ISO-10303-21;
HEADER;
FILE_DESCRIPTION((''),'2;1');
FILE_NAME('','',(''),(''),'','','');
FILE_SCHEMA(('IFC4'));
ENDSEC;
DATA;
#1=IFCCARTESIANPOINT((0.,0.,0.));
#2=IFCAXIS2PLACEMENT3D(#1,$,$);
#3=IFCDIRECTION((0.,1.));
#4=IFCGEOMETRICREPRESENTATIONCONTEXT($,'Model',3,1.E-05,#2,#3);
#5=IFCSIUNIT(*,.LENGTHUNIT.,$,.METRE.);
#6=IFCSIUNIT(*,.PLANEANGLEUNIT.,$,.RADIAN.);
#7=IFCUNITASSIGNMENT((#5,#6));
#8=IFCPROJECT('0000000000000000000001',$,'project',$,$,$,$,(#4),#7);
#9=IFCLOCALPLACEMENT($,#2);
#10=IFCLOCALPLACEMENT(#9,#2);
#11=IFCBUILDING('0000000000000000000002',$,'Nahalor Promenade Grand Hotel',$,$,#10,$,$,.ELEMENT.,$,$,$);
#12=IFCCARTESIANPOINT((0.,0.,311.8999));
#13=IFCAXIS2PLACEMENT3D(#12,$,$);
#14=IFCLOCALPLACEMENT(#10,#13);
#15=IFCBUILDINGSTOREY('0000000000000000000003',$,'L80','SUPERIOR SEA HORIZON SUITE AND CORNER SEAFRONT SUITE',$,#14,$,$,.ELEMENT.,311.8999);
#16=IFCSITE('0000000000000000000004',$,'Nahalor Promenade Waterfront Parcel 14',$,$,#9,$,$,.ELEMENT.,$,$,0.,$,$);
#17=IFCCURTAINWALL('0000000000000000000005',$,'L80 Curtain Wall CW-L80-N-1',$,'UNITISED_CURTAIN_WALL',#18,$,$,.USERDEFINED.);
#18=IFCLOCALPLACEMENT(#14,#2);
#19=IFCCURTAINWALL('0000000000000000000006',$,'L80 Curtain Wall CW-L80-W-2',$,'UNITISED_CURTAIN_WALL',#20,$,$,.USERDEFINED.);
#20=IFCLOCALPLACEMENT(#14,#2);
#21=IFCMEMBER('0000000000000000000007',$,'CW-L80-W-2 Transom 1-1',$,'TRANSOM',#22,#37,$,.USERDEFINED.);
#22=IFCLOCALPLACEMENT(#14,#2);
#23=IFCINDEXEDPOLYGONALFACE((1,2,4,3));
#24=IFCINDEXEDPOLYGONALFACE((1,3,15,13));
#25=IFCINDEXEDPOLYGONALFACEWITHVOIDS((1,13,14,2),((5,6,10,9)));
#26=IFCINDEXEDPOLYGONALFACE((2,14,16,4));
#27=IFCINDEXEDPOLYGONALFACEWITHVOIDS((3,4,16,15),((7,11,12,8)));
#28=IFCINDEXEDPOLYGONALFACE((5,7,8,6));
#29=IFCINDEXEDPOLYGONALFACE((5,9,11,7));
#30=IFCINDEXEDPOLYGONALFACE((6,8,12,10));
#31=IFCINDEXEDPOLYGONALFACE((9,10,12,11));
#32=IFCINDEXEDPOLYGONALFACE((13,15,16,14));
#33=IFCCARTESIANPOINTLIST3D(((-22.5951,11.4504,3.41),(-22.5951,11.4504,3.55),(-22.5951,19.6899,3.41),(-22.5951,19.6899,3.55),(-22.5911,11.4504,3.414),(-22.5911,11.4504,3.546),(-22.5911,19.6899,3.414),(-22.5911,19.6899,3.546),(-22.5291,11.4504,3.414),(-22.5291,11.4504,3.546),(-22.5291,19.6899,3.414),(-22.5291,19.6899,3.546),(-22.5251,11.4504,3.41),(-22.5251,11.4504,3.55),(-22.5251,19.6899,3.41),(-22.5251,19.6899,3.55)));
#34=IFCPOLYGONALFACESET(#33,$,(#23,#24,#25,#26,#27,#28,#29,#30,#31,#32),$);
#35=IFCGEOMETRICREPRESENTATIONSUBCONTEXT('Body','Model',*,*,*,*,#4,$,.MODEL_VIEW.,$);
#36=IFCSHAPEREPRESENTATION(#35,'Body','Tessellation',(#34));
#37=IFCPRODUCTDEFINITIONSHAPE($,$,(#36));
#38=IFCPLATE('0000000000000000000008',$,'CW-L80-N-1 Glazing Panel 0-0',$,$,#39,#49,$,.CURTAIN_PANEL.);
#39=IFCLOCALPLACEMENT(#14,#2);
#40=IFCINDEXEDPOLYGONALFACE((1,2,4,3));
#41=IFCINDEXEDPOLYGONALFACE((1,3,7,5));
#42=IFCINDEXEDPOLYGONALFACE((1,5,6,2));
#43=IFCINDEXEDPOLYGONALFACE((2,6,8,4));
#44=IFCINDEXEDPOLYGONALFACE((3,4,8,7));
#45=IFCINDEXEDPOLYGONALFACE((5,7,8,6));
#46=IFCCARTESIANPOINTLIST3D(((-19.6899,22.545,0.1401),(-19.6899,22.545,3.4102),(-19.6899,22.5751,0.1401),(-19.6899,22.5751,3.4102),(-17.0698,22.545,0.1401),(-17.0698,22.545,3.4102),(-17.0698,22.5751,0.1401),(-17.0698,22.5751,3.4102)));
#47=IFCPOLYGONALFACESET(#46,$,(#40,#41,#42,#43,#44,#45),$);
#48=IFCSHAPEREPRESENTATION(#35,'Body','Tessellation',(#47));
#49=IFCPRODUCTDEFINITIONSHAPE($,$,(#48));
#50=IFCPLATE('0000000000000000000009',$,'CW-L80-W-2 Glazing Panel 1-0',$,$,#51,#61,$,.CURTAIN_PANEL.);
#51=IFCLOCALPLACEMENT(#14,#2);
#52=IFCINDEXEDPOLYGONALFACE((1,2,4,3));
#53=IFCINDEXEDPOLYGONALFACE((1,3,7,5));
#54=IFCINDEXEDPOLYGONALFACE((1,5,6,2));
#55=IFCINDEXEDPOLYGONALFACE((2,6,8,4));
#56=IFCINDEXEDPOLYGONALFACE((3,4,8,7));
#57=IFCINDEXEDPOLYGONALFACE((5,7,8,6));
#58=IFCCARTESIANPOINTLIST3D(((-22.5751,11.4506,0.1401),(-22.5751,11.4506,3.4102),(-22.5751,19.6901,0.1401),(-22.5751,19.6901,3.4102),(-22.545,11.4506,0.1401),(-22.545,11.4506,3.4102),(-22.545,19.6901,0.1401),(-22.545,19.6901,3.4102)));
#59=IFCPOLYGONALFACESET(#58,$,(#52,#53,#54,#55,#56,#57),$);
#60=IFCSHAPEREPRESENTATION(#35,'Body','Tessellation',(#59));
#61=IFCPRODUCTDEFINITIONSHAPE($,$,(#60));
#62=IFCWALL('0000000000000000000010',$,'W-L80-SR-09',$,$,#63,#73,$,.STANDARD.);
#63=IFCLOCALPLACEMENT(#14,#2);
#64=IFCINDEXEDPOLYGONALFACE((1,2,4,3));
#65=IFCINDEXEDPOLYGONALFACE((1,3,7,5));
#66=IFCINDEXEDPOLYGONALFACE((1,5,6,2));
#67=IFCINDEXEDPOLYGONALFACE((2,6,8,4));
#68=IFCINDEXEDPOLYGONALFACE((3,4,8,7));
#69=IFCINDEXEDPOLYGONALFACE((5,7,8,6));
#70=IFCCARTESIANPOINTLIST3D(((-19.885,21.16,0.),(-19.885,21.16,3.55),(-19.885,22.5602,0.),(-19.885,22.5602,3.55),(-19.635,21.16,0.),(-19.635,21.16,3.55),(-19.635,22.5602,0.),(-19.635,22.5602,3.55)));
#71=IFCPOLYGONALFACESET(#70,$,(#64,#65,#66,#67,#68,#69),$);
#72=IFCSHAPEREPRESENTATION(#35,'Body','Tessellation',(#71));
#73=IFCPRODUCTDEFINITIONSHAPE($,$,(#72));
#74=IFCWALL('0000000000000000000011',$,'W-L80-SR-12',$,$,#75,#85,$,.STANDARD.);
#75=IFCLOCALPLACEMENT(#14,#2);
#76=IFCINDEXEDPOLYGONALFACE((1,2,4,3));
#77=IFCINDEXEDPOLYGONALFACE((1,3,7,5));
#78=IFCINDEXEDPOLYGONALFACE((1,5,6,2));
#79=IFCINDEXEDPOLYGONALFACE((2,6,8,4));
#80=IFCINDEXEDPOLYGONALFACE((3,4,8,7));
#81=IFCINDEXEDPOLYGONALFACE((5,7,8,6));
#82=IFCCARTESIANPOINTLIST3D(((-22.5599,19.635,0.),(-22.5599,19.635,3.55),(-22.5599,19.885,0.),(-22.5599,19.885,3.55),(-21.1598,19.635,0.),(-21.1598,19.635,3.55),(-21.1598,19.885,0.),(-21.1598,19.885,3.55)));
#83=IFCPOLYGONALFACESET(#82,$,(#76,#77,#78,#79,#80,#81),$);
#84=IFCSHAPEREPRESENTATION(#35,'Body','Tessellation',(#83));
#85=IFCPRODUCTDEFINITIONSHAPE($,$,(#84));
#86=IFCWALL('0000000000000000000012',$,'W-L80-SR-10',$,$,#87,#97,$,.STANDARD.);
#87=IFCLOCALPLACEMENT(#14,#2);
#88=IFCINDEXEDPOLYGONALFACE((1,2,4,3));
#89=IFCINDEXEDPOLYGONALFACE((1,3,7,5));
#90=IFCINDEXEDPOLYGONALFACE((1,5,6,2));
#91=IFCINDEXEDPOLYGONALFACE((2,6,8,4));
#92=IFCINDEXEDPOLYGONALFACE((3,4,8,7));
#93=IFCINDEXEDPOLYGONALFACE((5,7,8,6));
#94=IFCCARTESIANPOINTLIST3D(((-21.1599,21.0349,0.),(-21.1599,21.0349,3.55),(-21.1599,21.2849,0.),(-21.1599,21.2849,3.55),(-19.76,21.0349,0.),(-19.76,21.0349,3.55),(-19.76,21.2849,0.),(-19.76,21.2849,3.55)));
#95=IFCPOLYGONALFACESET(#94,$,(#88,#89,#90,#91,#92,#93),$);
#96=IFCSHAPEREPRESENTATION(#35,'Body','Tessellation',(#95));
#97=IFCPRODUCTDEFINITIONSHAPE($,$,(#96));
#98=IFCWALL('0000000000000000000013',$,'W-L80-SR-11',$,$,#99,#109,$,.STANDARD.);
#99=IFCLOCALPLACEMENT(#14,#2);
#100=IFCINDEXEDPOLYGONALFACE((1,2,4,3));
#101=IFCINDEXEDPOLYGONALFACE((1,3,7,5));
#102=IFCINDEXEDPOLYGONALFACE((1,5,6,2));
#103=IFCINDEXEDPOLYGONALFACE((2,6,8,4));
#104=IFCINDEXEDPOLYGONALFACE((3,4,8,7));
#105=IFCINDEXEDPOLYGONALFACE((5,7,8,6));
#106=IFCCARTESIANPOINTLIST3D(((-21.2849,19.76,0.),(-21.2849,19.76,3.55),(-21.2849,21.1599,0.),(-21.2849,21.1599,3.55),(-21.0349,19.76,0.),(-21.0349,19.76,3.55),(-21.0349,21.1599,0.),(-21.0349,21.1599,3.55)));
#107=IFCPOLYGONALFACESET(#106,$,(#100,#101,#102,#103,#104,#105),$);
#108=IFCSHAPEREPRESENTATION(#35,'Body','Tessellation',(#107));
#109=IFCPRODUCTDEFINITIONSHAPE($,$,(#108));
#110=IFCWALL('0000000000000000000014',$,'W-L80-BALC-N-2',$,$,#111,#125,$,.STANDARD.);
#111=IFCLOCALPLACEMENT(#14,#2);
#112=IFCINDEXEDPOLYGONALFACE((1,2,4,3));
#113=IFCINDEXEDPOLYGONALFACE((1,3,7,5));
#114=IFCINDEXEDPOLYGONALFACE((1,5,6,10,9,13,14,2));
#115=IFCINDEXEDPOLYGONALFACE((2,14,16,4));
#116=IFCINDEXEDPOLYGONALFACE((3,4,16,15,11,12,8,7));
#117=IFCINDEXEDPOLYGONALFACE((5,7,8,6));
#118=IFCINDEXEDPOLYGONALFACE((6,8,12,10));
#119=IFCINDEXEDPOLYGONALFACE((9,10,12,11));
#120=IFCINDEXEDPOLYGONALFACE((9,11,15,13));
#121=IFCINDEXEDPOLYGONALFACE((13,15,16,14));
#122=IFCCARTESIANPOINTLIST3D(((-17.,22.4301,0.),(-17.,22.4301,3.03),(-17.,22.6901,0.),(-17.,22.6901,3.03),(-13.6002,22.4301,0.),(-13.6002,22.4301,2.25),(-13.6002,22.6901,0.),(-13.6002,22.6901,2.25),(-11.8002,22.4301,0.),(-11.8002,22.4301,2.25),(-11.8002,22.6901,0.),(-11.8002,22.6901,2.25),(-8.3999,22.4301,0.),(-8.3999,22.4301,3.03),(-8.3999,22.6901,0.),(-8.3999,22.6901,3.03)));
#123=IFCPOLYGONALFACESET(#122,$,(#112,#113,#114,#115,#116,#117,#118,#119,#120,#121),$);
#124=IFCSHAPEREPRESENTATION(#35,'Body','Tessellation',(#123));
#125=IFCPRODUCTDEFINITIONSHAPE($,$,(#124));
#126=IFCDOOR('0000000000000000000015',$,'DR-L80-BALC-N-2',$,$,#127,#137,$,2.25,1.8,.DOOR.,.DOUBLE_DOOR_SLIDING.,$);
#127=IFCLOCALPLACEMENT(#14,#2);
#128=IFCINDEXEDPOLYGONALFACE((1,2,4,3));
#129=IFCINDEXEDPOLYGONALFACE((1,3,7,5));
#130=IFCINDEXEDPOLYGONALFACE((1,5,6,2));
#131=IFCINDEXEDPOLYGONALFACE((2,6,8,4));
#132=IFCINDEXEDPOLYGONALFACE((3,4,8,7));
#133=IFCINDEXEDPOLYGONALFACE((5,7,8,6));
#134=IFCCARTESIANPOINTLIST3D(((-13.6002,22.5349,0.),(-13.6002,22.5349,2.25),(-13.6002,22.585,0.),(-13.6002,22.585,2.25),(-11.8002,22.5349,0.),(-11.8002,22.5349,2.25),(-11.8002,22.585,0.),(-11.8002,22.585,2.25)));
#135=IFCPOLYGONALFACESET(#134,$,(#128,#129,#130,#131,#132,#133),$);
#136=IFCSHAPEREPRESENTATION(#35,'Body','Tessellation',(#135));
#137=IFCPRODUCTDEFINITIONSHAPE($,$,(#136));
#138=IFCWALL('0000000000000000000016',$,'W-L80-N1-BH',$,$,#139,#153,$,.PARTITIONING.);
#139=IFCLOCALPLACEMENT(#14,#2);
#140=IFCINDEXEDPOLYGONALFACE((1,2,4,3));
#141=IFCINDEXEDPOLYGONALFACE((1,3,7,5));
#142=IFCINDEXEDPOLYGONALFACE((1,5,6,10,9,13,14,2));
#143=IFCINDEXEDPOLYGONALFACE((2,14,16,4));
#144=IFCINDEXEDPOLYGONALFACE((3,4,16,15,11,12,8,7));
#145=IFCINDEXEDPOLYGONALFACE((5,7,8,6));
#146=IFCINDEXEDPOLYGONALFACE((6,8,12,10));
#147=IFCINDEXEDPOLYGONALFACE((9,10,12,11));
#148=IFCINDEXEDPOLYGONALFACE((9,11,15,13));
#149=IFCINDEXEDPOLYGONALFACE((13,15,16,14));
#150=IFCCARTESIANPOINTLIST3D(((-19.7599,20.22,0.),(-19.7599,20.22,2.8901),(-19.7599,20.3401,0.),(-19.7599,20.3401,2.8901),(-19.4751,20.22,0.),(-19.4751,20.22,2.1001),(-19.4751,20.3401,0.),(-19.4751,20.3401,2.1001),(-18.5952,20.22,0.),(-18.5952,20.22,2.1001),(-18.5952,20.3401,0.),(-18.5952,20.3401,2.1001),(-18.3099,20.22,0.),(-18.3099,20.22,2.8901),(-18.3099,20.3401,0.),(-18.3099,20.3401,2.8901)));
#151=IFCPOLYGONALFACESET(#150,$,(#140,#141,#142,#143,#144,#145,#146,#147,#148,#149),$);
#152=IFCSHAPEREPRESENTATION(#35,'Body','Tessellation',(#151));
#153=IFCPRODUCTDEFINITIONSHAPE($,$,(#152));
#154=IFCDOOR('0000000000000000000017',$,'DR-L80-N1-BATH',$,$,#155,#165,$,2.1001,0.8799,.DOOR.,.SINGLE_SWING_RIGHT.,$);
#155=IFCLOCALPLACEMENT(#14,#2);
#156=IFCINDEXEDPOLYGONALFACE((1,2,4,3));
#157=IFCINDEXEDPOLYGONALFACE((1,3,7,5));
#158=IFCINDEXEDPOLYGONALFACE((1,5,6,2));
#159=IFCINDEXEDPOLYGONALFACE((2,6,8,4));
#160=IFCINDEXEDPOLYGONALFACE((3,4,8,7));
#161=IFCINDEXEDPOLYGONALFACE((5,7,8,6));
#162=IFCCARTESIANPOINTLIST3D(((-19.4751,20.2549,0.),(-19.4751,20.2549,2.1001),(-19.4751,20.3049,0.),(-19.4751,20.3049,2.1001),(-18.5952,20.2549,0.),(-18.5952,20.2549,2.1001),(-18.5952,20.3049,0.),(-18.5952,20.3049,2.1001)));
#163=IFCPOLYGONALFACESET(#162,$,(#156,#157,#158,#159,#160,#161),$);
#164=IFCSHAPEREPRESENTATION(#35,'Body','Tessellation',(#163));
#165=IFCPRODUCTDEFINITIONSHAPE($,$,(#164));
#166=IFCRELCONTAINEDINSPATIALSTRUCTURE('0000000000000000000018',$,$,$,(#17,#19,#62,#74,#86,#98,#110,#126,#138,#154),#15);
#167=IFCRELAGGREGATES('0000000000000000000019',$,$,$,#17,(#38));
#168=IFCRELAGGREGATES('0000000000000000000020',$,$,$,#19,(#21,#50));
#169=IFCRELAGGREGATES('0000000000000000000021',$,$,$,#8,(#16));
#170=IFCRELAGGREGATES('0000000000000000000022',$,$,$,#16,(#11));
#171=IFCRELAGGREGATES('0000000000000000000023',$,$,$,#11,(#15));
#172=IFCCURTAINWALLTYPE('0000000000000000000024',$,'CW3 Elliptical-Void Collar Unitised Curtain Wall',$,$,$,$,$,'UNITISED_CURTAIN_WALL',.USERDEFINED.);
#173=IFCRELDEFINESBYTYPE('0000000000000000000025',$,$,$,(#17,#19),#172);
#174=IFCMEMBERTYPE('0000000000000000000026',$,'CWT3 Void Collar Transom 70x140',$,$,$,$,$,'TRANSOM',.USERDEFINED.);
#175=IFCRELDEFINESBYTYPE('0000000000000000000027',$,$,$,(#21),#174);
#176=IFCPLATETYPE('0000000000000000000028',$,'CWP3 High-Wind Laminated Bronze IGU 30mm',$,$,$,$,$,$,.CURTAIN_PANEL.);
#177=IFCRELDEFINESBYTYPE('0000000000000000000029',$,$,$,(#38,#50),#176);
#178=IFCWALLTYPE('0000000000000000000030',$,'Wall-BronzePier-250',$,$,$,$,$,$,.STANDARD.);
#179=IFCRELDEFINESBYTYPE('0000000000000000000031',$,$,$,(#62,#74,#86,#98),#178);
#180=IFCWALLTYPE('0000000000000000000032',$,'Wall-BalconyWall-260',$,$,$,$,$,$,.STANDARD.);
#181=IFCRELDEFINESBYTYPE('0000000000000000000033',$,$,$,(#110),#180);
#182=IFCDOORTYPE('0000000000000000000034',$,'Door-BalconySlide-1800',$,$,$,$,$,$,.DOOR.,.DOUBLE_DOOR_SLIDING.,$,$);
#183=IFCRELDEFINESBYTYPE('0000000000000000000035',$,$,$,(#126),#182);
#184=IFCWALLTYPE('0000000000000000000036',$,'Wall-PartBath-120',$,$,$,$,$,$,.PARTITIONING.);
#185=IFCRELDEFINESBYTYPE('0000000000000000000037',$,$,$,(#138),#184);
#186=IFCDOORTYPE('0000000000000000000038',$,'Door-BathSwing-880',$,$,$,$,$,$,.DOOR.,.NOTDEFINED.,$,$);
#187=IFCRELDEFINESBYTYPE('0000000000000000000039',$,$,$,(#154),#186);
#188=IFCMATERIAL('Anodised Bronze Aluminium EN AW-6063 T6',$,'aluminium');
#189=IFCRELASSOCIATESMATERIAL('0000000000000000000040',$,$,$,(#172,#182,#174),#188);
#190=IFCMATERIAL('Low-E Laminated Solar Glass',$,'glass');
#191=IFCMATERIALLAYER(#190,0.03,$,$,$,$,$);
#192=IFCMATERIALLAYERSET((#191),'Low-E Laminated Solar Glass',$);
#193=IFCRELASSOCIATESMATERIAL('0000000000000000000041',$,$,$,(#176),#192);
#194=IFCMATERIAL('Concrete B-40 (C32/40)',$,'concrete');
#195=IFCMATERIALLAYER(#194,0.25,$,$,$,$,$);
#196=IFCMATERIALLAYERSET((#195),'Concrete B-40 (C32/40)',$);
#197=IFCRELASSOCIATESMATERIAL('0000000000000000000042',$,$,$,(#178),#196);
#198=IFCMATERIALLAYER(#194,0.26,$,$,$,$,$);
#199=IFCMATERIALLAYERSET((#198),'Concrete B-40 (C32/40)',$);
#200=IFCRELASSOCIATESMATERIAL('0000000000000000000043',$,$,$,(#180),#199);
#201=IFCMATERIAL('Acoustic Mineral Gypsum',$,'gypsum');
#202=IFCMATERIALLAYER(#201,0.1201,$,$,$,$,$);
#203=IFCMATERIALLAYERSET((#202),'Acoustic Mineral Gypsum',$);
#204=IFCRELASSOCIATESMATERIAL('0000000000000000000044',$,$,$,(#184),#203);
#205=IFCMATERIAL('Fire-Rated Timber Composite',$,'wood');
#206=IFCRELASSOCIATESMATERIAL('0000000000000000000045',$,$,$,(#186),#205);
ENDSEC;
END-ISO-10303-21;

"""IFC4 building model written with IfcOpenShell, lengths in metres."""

from ifc_helpers import new_model, si_unit, direction, frame, frame_2d, origin, origin_2d, place, context, subcontext, project, spatial, rectangle, hollow_rectangle, extrude, source, transform, mapped, material, layer, layer_set, material_profile, profile_set, type_object, element, fill, aggregate, save


model = new_model("IFC4")

# Units and contexts
model_context = context("Model", 3, precision=1e-05, world=origin(), true_north=direction((0.0, 1.0)))
body_context = subcontext(model_context, "Body", "Model", "MODEL_VIEW")
ifc_project = project(units=[si_unit("LENGTHUNIT", "METRE"), si_unit("PLANEANGLEUNIT", "RADIAN")], contexts=[model_context])

# Site, building, storey
site_placement = place(None, origin())
site = spatial("IfcSite", under=ifc_project, at=site_placement, Name="Nahalor Promenade Waterfront Parcel 14", CompositionType="ELEMENT", RefElevation=0.0)
building_placement = place(site_placement, origin())
building = spatial("IfcBuilding", under=site, at=building_placement, Name="Nahalor Promenade Grand Hotel", CompositionType="ELEMENT")
storey_placement = place(building_placement, frame((0.0, 0.0, 311.8999)))
storey = spatial("IfcBuildingStorey", under=building, at=storey_placement, Name="L80", Description="SUPERIOR SEA HORIZON SUITE AND CORNER SEAFRONT SUITE", CompositionType="ELEMENT", Elevation=311.8999)

# Curtain walls, member
ifc_material_1 = material(Name="Anodised Bronze Aluminium EN AW-6063 T6", Category="aluminium")
curtain_wall_type = type_object("IfcCurtainWallType", Name="CW3 Elliptical-Void Collar Unitised Curtain Wall", ElementType="UNITISED_CURTAIN_WALL", PredefinedType="USERDEFINED", material=ifc_material_1)
curtain_wall_1_placement = place(storey_placement, origin())
curtain_wall_1 = element("IfcCurtainWall", 1, at=curtain_wall_1_placement, inside=storey, type_object=curtain_wall_type, Name="L80 Curtain Wall CW-L80-N-1", ObjectType="UNITISED_CURTAIN_WALL", PredefinedType="USERDEFINED")
ifc_material_profile_1 = material_profile(ifc_material_1, hollow_rectangle(XDim=0.07, YDim=0.14, WallThickness=0.004, at=origin_2d()), Name="CWT 70x140x4")
ifc_profile_set_1 = profile_set([ifc_material_profile_1], Name="Anodised Bronze Aluminium EN AW-6063 T6")
member_type_1 = type_object("IfcMemberType", Name="CWT3 Void Collar Transom 70x140", ElementType="TRANSOM", PredefinedType="USERDEFINED", material=ifc_profile_set_1)
curtain_wall_2_placement = place(storey_placement, origin())
curtain_wall_2 = element("IfcCurtainWall", 2, at=curtain_wall_2_placement, inside=storey, type_object=curtain_wall_type, Name="L80 Curtain Wall CW-L80-W-2", ObjectType="UNITISED_CURTAIN_WALL", PredefinedType="USERDEFINED")
shared_shape_1 = source(origin(), body_context, "Body", "SweptSolid", [
    extrude(hollow_rectangle(XDim=0.07, YDim=0.14, WallThickness=0.004, at=origin_2d()), origin(), (0.0, 0.0, 1.0), 8.2395),
])
member_1_placement = place(storey_placement, frame((-22.5601, 11.4504, 3.48), z_axis=(0.0, 1.0, 0.0), x_axis=(-1.0, 0.0, 0.0)))
member_1 = element("IfcMember", 3, at=member_1_placement, type_object=member_type_1, Name="CW-L80-W-2 Transom 1-1", ObjectType="TRANSOM", PredefinedType="USERDEFINED", context=body_context, shape_type="MappedRepresentation", body=[
    mapped(shared_shape_1, transform((0.0, 0.0, 0.0), scale=1.0)),
])

# Plates
ifc_material_2 = material(Name="Low-E Laminated Solar Glass", Category="glass")
ifc_layer_1 = layer(ifc_material_2, 0.03)
ifc_layer_set_1 = layer_set([ifc_layer_1], Name="Low-E Laminated Solar Glass")
plate_type = type_object("IfcPlateType", Name="CWP3 High-Wind Laminated Bronze IGU 30mm", PredefinedType="CURTAIN_PANEL", material=ifc_layer_set_1)
shared_shape_2 = source(origin(), body_context, "Body", "SweptSolid", [
    extrude(rectangle(XDim=2.6201, YDim=0.03, at=origin_2d()), origin(), (0.0, 0.0, 1.0), 3.27),
])
plate_1_placement = place(storey_placement, frame((-18.3799, 22.5601, 0.1401), z_axis=(0.0, 0.0, 1.0), x_axis=(1.0, 0.0, 0.0)))
plate_1 = element("IfcPlate", 4, at=plate_1_placement, type_object=plate_type, Name="CW-L80-N-1 Glazing Panel 0-0", PredefinedType="CURTAIN_PANEL", context=body_context, shape_type="MappedRepresentation", body=[
    mapped(shared_shape_2, transform((0.0, 0.0, 0.0), scale=1.0)),
])
aggregate(curtain_wall_1, [plate_1])
shared_shape_3 = source(origin(), body_context, "Body", "SweptSolid", [
    extrude(rectangle(XDim=8.2395, YDim=0.03, at=origin_2d()), origin(), (0.0, 0.0, 1.0), 3.27),
])
plate_2_placement = place(storey_placement, frame((-22.5601, 15.5703, 0.1401), z_axis=(0.0, 0.0, 1.0), x_axis=(0.0, 1.0, 0.0)))
plate_2 = element("IfcPlate", 5, at=plate_2_placement, type_object=plate_type, Name="CW-L80-W-2 Glazing Panel 1-0", PredefinedType="CURTAIN_PANEL", context=body_context, shape_type="MappedRepresentation", body=[
    mapped(shared_shape_3, transform((0.0, 0.0, 0.0), scale=1.0)),
])
aggregate(curtain_wall_2, [member_1, plate_2])

# Walls
ifc_material_3 = material(Name="Concrete B-40 (C32/40)", Category="concrete")
ifc_layer_2 = layer(ifc_material_3, 0.25)
ifc_layer_set_2 = layer_set([ifc_layer_2], Name="Concrete B-40 (C32/40)")
wall_type_1 = type_object("IfcWallType", Name="Wall-BronzePier-250", PredefinedType="STANDARD", material=ifc_layer_set_2)
shared_shape_4 = source(origin(), body_context, "Body", "SweptSolid", [
    extrude(rectangle(XDim=1.4001, YDim=0.25, at=frame_2d((0.7002, 0.0))), origin(), (0.0, 0.0, 1.0), 3.55),
])
for number, where, z_axis, x_axis, name in (
    (6, (-19.76, 21.1599, 0.0), (0.0, 0.0, 1.0), (0.0, 1.0, 0.0), "W-L80-SR-09"),
    (7, (-22.5601, 19.76, 0.0), (0.0, 0.0, 1.0), (1.0, 0.0, 0.0), "W-L80-SR-12"),
):
    element("IfcWall", number, at=place(storey_placement, frame(where, z_axis=z_axis, x_axis=x_axis)), inside=storey, type_object=wall_type_1, Name=name, PredefinedType="STANDARD", context=body_context, shape_type="MappedRepresentation", body=[
        mapped(shared_shape_4, transform((0.0, 0.0, 0.0), scale=1.0)),
    ])
shared_shape_5 = source(origin(), body_context, "Body", "SweptSolid", [
    extrude(rectangle(XDim=1.3999, YDim=0.25, at=frame_2d((0.7, 0.0))), origin(), (0.0, 0.0, 1.0), 3.55),
])
for number, where, z_axis, x_axis, name in (
    (8, (-21.1599, 21.1599, 0.0), (0.0, 0.0, 1.0), (1.0, 0.0, 0.0), "W-L80-SR-10"),
    (9, (-21.1599, 19.76, 0.0), (0.0, 0.0, 1.0), (0.0, 1.0, 0.0), "W-L80-SR-11"),
):
    element("IfcWall", number, at=place(storey_placement, frame(where, z_axis=z_axis, x_axis=x_axis)), inside=storey, type_object=wall_type_1, Name=name, PredefinedType="STANDARD", context=body_context, shape_type="MappedRepresentation", body=[
        mapped(shared_shape_5, transform((0.0, 0.0, 0.0), scale=1.0)),
    ])

# Walls, openings, doors
ifc_layer_3 = layer(ifc_material_3, 0.26)
ifc_layer_set_3 = layer_set([ifc_layer_3], Name="Concrete B-40 (C32/40)")
wall_type_2 = type_object("IfcWallType", Name="Wall-BalconyWall-260", PredefinedType="STANDARD", material=ifc_layer_set_3)
shared_shape_6 = source(origin(), body_context, "Body", "SweptSolid", [
    extrude(rectangle(XDim=8.6001, YDim=0.26, at=frame_2d((4.3, 0.0))), origin(), (0.0, 0.0, 1.0), 3.03),
])
wall_1_placement = place(storey_placement, frame((-17.0, 22.5601, 0.0), z_axis=(0.0, 0.0, 1.0), x_axis=(1.0, 0.0, 0.0)))
wall_1 = element("IfcWall", 10, at=wall_1_placement, inside=storey, type_object=wall_type_2, Name="W-L80-BALC-N-2", PredefinedType="STANDARD", context=body_context, shape_type="MappedRepresentation", body=[
    mapped(shared_shape_6, transform((0.0, 0.0, 0.0), scale=1.0)),
])
opening_1_placement = place(wall_1_placement, frame((3.3999, 0.0, 0.0)))
opening_1 = element("IfcOpeningElement", 11, at=opening_1_placement, cuts=wall_1, PredefinedType="OPENING", context=body_context, shape_type="SweptSolid", body=[
    extrude(rectangle(XDim=1.8, YDim=2.25, at=frame_2d((0.8999, 1.125))), frame((0.0, 0.1399, 0.0), z_axis=(0.0, -1.0, 0.0), x_axis=(1.0, 0.0, 0.0)), (0.0, 0.0, 1.0), 0.28),
])
door_type_1 = type_object("IfcDoorType", Name="Door-BalconySlide-1800", OperationType="DOUBLE_DOOR_SLIDING", PredefinedType="DOOR", material=ifc_material_1)
shared_shape_7 = source(origin(), body_context, "Body", "SweptSolid", [
    extrude(rectangle(XDim=1.8, YDim=2.25, at=frame_2d((0.8999, 1.125))), frame((0.0, 0.0249, 0.0), z_axis=(0.0, -1.0, 0.0), x_axis=(1.0, 0.0, 0.0)), (0.0, 0.0, 1.0), 0.05),
])
door_1_placement = place(opening_1_placement, origin())
door_1 = element("IfcDoor", 12, at=door_1_placement, inside=storey, type_object=door_type_1, Name="DR-L80-BALC-N-2", OperationType="DOUBLE_DOOR_SLIDING", OverallHeight=2.25, OverallWidth=1.8, PredefinedType="DOOR", context=body_context, shape_type="MappedRepresentation", body=[
    mapped(shared_shape_7, transform((0.0, 0.0, 0.0), scale=1.0)),
])
fill(opening_1, door_1)
ifc_material_4 = material(Name="Acoustic Mineral Gypsum", Category="gypsum")
ifc_layer_4 = layer(ifc_material_4, 0.1201)
ifc_layer_set_4 = layer_set([ifc_layer_4], Name="Acoustic Mineral Gypsum")
wall_type_3 = type_object("IfcWallType", Name="Wall-PartBath-120", PredefinedType="PARTITIONING", material=ifc_layer_set_4)
shared_shape_8 = source(origin(), body_context, "Body", "SweptSolid", [
    extrude(rectangle(XDim=1.45, YDim=0.1201, at=frame_2d((0.7251, 0.0))), origin(), (0.0, 0.0, 1.0), 2.8901),
])
wall_2_placement = place(storey_placement, frame((-19.76, 20.28, 0.0), z_axis=(0.0, 0.0, 1.0), x_axis=(1.0, 0.0, 0.0)))
wall_2 = element("IfcWall", 13, at=wall_2_placement, inside=storey, type_object=wall_type_3, Name="W-L80-N1-BH", PredefinedType="PARTITIONING", context=body_context, shape_type="MappedRepresentation", body=[
    mapped(shared_shape_8, transform((0.0, 0.0, 0.0), scale=1.0)),
])
opening_2_placement = place(wall_2_placement, frame((0.2849, 0.0, 0.0)))
opening_2 = element("IfcOpeningElement", 14, at=opening_2_placement, cuts=wall_2, PredefinedType="OPENING", context=body_context, shape_type="SweptSolid", body=[
    extrude(rectangle(XDim=0.8799, YDim=2.1001, at=frame_2d((0.4399, 1.05))), frame((0.0, 0.0701, 0.0), z_axis=(0.0, -1.0, 0.0), x_axis=(1.0, 0.0, 0.0)), (0.0, 0.0, 1.0), 0.1401),
])
ifc_material_5 = material(Name="Fire-Rated Timber Composite", Category="wood")
door_type_2 = type_object("IfcDoorType", Name="Door-BathSwing-880", OperationType="NOTDEFINED", PredefinedType="DOOR", material=ifc_material_5)
shared_shape_9 = source(origin(), body_context, "Body", "SweptSolid", [
    extrude(rectangle(XDim=0.8799, YDim=2.1001, at=frame_2d((0.4399, 1.05))), frame((0.0, 0.0249, 0.0), z_axis=(0.0, -1.0, 0.0), x_axis=(1.0, 0.0, 0.0)), (0.0, 0.0, 1.0), 0.05),
])
door_2_placement = place(opening_2_placement, origin())
door_2 = element("IfcDoor", 15, at=door_2_placement, inside=storey, type_object=door_type_2, Name="DR-L80-N1-BATH", OperationType="SINGLE_SWING_RIGHT", OverallHeight=2.1001, OverallWidth=0.8799, PredefinedType="DOOR", context=body_context, shape_type="MappedRepresentation", body=[
    mapped(shared_shape_9, transform((0.0, 0.0, 0.0), scale=1.0)),
])
fill(opening_2, door_2)

save(model, "model.ifc")
